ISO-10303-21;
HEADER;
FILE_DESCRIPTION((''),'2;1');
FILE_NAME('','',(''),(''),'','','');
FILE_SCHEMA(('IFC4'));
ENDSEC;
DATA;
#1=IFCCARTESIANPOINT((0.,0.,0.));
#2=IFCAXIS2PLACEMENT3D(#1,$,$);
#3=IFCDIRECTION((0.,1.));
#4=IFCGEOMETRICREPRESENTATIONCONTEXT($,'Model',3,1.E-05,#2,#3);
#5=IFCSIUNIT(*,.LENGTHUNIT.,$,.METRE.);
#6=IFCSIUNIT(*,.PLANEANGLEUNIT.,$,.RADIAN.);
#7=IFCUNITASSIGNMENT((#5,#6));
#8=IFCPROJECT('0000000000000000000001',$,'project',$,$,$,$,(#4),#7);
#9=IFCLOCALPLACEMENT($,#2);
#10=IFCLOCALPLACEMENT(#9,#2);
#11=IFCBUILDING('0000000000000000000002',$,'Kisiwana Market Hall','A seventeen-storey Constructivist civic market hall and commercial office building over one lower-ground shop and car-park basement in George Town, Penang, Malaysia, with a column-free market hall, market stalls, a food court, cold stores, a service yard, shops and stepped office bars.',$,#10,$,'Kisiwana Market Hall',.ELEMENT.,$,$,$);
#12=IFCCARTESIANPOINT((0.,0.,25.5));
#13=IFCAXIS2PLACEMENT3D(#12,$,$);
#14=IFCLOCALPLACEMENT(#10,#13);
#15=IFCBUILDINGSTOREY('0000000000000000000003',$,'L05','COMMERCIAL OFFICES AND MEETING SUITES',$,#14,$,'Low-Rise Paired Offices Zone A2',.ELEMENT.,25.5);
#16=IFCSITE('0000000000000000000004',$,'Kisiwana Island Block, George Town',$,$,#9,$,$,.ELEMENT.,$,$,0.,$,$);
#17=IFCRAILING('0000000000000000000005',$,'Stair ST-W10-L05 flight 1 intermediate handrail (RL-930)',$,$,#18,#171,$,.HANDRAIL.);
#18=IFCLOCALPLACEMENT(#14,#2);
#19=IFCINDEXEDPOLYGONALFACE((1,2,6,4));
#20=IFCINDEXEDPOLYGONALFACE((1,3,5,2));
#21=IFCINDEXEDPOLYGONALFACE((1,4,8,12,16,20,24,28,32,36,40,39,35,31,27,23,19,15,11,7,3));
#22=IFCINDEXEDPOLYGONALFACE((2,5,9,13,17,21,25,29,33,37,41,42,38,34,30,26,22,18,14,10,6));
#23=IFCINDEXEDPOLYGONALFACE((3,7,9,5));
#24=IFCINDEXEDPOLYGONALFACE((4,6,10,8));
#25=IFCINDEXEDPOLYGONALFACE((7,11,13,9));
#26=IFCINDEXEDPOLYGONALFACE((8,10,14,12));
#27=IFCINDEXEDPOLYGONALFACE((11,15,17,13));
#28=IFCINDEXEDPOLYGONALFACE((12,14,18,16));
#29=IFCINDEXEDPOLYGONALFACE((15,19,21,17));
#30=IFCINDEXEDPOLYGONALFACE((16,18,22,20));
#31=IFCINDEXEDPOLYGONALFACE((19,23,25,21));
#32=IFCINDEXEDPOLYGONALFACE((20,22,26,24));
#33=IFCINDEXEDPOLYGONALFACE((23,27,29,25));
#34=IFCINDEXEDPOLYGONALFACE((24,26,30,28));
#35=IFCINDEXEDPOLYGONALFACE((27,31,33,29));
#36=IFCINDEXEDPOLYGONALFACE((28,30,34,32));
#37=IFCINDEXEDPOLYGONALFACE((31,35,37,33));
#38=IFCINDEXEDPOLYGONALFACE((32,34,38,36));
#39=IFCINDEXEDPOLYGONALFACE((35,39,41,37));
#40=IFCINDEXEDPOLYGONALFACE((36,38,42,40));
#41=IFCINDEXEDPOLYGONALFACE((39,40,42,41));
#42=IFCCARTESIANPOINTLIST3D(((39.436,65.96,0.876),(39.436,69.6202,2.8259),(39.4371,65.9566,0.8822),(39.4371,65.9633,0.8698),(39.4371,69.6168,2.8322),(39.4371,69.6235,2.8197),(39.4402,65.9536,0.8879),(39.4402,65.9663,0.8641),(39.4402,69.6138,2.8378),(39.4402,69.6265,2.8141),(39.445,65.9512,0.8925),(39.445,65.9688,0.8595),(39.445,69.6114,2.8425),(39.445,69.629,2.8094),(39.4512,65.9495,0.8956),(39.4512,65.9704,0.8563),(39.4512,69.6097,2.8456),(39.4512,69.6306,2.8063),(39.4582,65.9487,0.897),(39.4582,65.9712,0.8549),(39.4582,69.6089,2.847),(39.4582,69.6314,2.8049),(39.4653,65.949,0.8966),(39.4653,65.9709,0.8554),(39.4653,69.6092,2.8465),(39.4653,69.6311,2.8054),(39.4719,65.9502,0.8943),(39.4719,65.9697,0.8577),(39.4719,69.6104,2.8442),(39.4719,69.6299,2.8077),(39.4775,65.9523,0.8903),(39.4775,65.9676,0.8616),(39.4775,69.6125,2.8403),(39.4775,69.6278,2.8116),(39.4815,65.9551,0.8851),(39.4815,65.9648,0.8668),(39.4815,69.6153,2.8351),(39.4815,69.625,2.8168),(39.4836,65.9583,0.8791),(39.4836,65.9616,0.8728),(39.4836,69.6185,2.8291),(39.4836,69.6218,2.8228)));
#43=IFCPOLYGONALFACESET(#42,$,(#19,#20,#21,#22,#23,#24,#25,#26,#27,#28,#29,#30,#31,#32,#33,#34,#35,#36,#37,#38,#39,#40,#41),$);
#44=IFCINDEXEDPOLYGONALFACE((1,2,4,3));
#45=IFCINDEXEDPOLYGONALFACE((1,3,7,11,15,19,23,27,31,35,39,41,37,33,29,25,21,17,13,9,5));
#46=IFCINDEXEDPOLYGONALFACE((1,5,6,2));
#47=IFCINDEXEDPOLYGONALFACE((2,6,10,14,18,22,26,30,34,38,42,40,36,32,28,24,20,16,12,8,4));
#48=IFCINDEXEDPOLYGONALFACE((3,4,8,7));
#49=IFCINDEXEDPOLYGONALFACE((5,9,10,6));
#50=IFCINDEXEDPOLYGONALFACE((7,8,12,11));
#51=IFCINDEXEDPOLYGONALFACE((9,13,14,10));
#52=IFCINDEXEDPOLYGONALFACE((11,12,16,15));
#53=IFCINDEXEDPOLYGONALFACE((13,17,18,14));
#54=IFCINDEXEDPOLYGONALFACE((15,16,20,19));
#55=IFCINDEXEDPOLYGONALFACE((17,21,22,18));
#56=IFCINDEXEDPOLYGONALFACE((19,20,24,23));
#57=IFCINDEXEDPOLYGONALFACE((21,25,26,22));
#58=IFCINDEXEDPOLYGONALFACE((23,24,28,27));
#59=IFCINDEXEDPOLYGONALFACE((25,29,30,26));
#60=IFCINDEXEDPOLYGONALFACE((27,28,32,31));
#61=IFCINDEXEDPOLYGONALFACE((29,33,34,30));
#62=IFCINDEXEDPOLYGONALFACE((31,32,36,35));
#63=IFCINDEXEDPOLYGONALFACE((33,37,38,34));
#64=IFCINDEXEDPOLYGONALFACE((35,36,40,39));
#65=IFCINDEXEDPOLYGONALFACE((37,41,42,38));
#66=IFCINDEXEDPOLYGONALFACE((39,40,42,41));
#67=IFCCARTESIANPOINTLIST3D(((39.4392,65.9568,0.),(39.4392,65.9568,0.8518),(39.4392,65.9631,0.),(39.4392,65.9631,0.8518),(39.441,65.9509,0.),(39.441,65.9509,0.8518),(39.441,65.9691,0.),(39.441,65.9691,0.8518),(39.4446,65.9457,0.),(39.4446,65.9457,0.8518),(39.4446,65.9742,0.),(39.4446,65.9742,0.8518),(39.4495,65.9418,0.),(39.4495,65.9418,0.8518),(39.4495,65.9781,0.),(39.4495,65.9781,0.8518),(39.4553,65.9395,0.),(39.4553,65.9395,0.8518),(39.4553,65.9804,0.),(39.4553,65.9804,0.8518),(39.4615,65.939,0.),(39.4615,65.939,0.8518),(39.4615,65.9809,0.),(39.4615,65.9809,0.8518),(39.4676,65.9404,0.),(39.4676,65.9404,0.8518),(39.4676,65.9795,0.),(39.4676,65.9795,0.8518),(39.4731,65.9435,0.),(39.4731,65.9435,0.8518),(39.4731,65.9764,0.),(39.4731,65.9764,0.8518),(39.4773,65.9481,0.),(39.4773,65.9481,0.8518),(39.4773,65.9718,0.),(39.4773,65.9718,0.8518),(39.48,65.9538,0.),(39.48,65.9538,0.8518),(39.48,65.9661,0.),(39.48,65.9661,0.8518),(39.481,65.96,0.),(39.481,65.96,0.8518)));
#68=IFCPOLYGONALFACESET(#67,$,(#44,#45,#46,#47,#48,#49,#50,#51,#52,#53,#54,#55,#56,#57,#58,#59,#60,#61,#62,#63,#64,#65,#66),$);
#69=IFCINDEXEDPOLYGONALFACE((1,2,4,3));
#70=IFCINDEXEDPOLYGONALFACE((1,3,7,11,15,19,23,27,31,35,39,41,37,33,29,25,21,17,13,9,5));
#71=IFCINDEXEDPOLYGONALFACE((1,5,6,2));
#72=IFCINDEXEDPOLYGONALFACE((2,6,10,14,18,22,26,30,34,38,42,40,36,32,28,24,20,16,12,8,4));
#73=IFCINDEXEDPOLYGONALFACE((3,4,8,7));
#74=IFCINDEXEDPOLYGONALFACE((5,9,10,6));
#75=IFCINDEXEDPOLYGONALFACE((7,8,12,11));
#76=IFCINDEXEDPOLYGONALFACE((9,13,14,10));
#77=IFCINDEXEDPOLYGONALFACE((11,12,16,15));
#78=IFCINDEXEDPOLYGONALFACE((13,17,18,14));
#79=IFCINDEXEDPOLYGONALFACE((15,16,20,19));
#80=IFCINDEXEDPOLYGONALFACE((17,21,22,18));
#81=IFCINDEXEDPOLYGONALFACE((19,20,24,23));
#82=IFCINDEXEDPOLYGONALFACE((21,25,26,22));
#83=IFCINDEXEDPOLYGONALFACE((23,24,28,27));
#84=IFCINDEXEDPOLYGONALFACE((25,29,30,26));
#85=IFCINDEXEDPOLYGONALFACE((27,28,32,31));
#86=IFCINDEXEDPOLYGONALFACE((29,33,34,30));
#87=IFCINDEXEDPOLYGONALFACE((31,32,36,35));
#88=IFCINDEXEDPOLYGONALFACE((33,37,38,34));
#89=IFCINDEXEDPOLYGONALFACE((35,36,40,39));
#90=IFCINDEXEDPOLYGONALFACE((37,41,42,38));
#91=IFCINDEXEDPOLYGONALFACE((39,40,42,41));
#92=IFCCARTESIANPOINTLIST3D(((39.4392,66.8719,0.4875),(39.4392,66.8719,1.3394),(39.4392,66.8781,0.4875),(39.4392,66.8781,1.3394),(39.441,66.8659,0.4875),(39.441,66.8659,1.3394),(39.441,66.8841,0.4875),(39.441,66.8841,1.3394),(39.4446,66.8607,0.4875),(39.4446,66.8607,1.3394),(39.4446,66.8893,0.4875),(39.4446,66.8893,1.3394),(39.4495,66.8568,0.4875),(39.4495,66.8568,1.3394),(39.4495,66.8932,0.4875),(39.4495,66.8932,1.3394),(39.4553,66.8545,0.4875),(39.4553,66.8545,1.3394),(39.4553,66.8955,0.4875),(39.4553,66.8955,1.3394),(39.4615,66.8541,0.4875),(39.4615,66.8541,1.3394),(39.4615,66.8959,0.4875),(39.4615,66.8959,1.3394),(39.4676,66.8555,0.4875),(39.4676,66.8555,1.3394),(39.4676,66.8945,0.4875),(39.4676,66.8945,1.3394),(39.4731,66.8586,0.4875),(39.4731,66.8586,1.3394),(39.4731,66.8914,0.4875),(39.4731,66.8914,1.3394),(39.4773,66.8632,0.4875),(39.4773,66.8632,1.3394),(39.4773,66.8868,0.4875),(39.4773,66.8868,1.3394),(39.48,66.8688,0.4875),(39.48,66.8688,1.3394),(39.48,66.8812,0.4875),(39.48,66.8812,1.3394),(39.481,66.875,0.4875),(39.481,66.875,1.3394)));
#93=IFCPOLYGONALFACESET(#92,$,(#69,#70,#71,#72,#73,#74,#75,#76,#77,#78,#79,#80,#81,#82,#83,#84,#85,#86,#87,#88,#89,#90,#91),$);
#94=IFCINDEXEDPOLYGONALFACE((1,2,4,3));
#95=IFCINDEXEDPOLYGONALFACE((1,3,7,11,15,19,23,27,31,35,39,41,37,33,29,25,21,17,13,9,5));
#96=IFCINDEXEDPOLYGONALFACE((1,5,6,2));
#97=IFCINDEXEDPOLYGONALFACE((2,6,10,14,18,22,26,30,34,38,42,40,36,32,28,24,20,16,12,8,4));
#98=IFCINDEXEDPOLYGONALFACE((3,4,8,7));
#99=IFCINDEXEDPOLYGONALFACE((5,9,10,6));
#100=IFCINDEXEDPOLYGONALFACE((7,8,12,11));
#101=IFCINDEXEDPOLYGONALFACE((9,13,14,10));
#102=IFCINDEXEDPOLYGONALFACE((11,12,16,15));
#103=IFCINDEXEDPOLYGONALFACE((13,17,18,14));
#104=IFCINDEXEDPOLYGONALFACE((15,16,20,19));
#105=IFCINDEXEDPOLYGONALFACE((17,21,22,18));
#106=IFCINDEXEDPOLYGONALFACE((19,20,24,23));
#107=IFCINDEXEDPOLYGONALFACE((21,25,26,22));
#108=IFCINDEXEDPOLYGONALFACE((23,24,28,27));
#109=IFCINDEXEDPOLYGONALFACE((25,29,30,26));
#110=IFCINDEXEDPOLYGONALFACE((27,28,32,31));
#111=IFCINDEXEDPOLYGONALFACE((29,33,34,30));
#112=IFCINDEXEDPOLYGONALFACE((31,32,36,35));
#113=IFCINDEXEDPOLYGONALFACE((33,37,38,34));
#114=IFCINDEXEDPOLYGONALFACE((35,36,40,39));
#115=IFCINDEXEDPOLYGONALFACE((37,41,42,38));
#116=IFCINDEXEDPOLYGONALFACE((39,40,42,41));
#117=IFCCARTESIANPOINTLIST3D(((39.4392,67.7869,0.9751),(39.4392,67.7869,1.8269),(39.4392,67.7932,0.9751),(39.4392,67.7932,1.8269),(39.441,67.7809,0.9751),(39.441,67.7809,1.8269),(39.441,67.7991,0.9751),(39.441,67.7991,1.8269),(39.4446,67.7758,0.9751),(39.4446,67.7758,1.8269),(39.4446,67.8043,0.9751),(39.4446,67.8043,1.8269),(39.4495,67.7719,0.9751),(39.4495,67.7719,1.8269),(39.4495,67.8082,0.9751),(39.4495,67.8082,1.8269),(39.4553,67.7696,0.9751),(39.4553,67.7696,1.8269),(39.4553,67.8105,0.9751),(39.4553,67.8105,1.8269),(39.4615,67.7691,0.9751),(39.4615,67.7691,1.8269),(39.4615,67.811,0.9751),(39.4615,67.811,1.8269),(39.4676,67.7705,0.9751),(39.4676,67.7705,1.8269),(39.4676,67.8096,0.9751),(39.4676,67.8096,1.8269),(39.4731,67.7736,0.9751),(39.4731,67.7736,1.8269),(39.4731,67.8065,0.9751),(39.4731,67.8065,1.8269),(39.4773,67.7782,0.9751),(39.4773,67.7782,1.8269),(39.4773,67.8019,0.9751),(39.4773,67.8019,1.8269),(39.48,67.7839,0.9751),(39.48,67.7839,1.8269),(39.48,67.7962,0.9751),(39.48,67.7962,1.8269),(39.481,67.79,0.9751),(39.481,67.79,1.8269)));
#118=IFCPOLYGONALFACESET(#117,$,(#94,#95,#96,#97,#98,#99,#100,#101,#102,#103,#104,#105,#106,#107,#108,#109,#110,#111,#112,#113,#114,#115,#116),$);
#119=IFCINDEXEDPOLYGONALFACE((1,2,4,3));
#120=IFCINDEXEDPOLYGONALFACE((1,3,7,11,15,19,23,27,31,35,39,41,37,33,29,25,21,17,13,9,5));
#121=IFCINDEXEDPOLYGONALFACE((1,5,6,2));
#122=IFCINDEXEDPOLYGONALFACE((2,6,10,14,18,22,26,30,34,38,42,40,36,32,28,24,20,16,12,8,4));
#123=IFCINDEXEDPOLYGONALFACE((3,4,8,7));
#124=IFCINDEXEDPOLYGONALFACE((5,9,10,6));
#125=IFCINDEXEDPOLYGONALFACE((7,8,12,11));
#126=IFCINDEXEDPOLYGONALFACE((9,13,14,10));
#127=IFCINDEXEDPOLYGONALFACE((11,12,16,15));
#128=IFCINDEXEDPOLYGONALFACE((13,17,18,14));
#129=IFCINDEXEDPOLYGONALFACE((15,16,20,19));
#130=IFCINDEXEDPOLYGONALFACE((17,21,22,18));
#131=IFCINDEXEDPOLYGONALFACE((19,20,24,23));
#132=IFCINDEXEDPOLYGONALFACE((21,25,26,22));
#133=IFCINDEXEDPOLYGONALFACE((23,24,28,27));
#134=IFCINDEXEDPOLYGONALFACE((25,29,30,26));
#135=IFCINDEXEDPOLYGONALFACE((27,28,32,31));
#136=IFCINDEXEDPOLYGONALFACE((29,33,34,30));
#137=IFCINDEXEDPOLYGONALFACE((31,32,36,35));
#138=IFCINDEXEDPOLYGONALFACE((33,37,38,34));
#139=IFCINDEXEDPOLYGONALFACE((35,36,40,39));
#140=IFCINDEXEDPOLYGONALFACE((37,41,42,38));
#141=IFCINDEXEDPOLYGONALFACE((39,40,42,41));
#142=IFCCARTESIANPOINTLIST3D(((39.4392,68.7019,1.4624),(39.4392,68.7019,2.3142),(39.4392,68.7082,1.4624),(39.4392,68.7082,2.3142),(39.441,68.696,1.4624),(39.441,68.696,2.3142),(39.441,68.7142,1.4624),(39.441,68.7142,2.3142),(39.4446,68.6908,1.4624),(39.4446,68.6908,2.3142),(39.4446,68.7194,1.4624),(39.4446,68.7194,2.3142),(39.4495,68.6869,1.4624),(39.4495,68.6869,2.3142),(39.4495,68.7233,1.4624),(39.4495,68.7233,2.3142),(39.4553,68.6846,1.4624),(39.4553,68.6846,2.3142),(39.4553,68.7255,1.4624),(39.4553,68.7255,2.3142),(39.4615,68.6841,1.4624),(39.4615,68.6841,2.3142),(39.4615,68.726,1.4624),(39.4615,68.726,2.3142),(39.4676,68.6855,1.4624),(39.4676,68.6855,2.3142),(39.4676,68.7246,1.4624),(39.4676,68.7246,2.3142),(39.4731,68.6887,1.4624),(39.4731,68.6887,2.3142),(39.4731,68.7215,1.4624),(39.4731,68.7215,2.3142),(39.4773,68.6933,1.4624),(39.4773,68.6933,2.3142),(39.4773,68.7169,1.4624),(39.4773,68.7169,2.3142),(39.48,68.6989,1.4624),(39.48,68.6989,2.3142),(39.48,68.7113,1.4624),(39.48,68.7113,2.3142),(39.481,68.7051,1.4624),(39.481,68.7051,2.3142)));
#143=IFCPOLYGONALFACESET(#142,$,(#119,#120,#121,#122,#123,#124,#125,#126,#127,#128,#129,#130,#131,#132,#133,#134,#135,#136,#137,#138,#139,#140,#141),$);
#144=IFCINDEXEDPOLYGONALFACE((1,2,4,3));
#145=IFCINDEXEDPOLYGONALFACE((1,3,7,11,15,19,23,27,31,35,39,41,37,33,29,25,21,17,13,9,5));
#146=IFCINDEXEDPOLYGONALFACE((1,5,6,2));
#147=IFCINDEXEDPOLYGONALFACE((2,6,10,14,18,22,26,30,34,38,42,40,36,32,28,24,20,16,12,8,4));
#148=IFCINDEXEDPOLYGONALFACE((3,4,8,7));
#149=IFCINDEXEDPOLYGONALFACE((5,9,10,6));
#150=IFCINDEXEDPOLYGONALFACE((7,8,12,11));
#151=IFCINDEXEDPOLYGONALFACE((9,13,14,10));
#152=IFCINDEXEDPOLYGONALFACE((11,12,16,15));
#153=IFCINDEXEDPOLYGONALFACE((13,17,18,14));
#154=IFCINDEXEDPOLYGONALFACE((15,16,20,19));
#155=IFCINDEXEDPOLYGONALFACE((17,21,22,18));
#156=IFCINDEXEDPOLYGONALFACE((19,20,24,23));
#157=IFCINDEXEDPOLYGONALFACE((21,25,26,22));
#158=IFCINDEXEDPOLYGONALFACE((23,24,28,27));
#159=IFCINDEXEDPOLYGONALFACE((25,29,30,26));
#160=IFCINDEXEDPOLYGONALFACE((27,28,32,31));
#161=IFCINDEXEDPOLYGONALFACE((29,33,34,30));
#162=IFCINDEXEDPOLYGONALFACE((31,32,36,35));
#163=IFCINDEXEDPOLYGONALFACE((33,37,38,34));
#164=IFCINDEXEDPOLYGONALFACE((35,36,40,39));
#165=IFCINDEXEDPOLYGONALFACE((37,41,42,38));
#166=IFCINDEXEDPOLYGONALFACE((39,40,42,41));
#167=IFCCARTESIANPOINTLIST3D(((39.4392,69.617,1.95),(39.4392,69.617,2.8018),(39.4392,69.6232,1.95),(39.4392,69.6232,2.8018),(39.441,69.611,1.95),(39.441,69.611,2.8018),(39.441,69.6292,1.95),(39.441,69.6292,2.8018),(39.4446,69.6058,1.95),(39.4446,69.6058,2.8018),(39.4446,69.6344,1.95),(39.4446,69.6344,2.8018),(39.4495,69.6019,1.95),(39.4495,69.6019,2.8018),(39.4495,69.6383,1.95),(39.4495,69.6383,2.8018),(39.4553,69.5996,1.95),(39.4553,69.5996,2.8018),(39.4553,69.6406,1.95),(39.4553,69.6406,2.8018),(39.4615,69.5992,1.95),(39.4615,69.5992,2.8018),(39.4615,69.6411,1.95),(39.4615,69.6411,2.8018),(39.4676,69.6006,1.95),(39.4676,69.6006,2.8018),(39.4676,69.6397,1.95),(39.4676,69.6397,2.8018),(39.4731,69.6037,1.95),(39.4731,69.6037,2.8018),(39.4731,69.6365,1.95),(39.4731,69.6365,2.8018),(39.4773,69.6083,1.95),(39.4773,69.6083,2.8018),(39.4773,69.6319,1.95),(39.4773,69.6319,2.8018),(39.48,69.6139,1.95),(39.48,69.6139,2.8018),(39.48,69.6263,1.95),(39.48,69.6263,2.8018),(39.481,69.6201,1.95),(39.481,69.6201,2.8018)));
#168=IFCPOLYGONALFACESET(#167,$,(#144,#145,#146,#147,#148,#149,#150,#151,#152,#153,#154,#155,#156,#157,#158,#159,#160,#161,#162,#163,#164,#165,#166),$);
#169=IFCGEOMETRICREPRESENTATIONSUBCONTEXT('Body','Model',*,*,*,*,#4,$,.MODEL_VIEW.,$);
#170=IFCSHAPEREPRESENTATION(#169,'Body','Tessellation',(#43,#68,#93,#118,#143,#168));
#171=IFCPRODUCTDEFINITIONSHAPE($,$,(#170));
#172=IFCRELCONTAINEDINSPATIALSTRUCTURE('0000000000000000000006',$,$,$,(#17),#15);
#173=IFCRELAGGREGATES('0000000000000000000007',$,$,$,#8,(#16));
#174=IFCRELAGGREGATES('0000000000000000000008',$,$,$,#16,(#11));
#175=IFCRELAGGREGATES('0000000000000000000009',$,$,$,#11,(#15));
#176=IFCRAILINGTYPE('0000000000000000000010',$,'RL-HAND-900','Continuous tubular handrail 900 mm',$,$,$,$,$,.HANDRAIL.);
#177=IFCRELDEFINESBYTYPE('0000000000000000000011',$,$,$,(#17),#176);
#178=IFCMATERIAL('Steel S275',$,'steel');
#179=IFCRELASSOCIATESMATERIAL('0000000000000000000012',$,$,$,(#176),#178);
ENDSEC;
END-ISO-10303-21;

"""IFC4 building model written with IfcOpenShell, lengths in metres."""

from ifc_helpers import new_model, si_unit, direction, frame, origin, origin_2d, place, context, subcontext, project, spatial, circle, extrude, material, type_object, element, save


model = new_model("IFC4")

# Units and contexts
model_context = context("Model", 3, precision=1e-05, world=origin(), true_north=direction((0.0, 1.0)))
body_context = subcontext(model_context, "Body", "Model", "MODEL_VIEW")
ifc_project = project(units=[si_unit("LENGTHUNIT", "METRE"), si_unit("PLANEANGLEUNIT", "RADIAN")], contexts=[model_context])

# Site, building, storey
site_placement = place(None, origin())
site = spatial("IfcSite", under=ifc_project, at=site_placement, Name="Kisiwana Island Block, George Town", CompositionType="ELEMENT", RefElevation=0.0)
building_placement = place(site_placement, origin())
building = spatial("IfcBuilding", under=site, at=building_placement, Name="Kisiwana Market Hall", Description="A seventeen-storey Constructivist civic market hall and commercial office building over one lower-ground shop and car-park basement in George Town, Penang, Malaysia, with a column-free market hall, market stalls, a food court, cold stores, a service yard, shops and stepped office bars.", LongName="Kisiwana Market Hall", CompositionType="ELEMENT")
storey_placement = place(building_placement, frame((0.0, 0.0, 25.5)))
storey = spatial("IfcBuildingStorey", under=building, at=storey_placement, Name="L05", Description="COMMERCIAL OFFICES AND MEETING SUITES", LongName="Low-Rise Paired Offices Zone A2", CompositionType="ELEMENT", Elevation=25.5)

# Railing
ifc_material_1 = material(Name="Steel S275", Category="steel")
railing_type_1 = type_object("IfcRailingType", Name="RL-HAND-900", Description="Continuous tubular handrail 900 mm", PredefinedType="HANDRAIL", material=ifc_material_1)
railing_1_placement = place(storey_placement, frame((39.46, 65.96, 0.0)))
element("IfcRailing", 1, at=railing_1_placement, inside=storey, type_object=railing_type_1, Name="Stair ST-W10-L05 flight 1 intermediate handrail (RL-930)", PredefinedType="HANDRAIL", context=body_context, shape_type="SweptSolid", body=[
    extrude(circle(Radius=0.0239, at=origin_2d()), frame((0.0, 0.0, 0.876), z_axis=(0.0, 0.882566, 0.470188), x_axis=(-1.0, 0.0, 0.0)), (0.0, 0.0, 1.0), 4.1472),
    extrude(circle(Radius=0.021, at=origin_2d()), origin(), (0.0, 0.0, 1.0), 0.8518),
    extrude(circle(Radius=0.021, at=origin_2d()), frame((0.0, 0.915, 0.4875)), (0.0, 0.0, 1.0), 0.8518),
    extrude(circle(Radius=0.021, at=origin_2d()), frame((0.0, 1.8301, 0.9751)), (0.0, 0.0, 1.0), 0.8518),
    extrude(circle(Radius=0.021, at=origin_2d()), frame((0.0, 2.7451, 1.4624)), (0.0, 0.0, 1.0), 0.8518),
    extrude(circle(Radius=0.021, at=origin_2d()), frame((0.0, 3.6602, 1.95)), (0.0, 0.0, 1.0), 0.8518),
])

save(model, "model.ifc")
